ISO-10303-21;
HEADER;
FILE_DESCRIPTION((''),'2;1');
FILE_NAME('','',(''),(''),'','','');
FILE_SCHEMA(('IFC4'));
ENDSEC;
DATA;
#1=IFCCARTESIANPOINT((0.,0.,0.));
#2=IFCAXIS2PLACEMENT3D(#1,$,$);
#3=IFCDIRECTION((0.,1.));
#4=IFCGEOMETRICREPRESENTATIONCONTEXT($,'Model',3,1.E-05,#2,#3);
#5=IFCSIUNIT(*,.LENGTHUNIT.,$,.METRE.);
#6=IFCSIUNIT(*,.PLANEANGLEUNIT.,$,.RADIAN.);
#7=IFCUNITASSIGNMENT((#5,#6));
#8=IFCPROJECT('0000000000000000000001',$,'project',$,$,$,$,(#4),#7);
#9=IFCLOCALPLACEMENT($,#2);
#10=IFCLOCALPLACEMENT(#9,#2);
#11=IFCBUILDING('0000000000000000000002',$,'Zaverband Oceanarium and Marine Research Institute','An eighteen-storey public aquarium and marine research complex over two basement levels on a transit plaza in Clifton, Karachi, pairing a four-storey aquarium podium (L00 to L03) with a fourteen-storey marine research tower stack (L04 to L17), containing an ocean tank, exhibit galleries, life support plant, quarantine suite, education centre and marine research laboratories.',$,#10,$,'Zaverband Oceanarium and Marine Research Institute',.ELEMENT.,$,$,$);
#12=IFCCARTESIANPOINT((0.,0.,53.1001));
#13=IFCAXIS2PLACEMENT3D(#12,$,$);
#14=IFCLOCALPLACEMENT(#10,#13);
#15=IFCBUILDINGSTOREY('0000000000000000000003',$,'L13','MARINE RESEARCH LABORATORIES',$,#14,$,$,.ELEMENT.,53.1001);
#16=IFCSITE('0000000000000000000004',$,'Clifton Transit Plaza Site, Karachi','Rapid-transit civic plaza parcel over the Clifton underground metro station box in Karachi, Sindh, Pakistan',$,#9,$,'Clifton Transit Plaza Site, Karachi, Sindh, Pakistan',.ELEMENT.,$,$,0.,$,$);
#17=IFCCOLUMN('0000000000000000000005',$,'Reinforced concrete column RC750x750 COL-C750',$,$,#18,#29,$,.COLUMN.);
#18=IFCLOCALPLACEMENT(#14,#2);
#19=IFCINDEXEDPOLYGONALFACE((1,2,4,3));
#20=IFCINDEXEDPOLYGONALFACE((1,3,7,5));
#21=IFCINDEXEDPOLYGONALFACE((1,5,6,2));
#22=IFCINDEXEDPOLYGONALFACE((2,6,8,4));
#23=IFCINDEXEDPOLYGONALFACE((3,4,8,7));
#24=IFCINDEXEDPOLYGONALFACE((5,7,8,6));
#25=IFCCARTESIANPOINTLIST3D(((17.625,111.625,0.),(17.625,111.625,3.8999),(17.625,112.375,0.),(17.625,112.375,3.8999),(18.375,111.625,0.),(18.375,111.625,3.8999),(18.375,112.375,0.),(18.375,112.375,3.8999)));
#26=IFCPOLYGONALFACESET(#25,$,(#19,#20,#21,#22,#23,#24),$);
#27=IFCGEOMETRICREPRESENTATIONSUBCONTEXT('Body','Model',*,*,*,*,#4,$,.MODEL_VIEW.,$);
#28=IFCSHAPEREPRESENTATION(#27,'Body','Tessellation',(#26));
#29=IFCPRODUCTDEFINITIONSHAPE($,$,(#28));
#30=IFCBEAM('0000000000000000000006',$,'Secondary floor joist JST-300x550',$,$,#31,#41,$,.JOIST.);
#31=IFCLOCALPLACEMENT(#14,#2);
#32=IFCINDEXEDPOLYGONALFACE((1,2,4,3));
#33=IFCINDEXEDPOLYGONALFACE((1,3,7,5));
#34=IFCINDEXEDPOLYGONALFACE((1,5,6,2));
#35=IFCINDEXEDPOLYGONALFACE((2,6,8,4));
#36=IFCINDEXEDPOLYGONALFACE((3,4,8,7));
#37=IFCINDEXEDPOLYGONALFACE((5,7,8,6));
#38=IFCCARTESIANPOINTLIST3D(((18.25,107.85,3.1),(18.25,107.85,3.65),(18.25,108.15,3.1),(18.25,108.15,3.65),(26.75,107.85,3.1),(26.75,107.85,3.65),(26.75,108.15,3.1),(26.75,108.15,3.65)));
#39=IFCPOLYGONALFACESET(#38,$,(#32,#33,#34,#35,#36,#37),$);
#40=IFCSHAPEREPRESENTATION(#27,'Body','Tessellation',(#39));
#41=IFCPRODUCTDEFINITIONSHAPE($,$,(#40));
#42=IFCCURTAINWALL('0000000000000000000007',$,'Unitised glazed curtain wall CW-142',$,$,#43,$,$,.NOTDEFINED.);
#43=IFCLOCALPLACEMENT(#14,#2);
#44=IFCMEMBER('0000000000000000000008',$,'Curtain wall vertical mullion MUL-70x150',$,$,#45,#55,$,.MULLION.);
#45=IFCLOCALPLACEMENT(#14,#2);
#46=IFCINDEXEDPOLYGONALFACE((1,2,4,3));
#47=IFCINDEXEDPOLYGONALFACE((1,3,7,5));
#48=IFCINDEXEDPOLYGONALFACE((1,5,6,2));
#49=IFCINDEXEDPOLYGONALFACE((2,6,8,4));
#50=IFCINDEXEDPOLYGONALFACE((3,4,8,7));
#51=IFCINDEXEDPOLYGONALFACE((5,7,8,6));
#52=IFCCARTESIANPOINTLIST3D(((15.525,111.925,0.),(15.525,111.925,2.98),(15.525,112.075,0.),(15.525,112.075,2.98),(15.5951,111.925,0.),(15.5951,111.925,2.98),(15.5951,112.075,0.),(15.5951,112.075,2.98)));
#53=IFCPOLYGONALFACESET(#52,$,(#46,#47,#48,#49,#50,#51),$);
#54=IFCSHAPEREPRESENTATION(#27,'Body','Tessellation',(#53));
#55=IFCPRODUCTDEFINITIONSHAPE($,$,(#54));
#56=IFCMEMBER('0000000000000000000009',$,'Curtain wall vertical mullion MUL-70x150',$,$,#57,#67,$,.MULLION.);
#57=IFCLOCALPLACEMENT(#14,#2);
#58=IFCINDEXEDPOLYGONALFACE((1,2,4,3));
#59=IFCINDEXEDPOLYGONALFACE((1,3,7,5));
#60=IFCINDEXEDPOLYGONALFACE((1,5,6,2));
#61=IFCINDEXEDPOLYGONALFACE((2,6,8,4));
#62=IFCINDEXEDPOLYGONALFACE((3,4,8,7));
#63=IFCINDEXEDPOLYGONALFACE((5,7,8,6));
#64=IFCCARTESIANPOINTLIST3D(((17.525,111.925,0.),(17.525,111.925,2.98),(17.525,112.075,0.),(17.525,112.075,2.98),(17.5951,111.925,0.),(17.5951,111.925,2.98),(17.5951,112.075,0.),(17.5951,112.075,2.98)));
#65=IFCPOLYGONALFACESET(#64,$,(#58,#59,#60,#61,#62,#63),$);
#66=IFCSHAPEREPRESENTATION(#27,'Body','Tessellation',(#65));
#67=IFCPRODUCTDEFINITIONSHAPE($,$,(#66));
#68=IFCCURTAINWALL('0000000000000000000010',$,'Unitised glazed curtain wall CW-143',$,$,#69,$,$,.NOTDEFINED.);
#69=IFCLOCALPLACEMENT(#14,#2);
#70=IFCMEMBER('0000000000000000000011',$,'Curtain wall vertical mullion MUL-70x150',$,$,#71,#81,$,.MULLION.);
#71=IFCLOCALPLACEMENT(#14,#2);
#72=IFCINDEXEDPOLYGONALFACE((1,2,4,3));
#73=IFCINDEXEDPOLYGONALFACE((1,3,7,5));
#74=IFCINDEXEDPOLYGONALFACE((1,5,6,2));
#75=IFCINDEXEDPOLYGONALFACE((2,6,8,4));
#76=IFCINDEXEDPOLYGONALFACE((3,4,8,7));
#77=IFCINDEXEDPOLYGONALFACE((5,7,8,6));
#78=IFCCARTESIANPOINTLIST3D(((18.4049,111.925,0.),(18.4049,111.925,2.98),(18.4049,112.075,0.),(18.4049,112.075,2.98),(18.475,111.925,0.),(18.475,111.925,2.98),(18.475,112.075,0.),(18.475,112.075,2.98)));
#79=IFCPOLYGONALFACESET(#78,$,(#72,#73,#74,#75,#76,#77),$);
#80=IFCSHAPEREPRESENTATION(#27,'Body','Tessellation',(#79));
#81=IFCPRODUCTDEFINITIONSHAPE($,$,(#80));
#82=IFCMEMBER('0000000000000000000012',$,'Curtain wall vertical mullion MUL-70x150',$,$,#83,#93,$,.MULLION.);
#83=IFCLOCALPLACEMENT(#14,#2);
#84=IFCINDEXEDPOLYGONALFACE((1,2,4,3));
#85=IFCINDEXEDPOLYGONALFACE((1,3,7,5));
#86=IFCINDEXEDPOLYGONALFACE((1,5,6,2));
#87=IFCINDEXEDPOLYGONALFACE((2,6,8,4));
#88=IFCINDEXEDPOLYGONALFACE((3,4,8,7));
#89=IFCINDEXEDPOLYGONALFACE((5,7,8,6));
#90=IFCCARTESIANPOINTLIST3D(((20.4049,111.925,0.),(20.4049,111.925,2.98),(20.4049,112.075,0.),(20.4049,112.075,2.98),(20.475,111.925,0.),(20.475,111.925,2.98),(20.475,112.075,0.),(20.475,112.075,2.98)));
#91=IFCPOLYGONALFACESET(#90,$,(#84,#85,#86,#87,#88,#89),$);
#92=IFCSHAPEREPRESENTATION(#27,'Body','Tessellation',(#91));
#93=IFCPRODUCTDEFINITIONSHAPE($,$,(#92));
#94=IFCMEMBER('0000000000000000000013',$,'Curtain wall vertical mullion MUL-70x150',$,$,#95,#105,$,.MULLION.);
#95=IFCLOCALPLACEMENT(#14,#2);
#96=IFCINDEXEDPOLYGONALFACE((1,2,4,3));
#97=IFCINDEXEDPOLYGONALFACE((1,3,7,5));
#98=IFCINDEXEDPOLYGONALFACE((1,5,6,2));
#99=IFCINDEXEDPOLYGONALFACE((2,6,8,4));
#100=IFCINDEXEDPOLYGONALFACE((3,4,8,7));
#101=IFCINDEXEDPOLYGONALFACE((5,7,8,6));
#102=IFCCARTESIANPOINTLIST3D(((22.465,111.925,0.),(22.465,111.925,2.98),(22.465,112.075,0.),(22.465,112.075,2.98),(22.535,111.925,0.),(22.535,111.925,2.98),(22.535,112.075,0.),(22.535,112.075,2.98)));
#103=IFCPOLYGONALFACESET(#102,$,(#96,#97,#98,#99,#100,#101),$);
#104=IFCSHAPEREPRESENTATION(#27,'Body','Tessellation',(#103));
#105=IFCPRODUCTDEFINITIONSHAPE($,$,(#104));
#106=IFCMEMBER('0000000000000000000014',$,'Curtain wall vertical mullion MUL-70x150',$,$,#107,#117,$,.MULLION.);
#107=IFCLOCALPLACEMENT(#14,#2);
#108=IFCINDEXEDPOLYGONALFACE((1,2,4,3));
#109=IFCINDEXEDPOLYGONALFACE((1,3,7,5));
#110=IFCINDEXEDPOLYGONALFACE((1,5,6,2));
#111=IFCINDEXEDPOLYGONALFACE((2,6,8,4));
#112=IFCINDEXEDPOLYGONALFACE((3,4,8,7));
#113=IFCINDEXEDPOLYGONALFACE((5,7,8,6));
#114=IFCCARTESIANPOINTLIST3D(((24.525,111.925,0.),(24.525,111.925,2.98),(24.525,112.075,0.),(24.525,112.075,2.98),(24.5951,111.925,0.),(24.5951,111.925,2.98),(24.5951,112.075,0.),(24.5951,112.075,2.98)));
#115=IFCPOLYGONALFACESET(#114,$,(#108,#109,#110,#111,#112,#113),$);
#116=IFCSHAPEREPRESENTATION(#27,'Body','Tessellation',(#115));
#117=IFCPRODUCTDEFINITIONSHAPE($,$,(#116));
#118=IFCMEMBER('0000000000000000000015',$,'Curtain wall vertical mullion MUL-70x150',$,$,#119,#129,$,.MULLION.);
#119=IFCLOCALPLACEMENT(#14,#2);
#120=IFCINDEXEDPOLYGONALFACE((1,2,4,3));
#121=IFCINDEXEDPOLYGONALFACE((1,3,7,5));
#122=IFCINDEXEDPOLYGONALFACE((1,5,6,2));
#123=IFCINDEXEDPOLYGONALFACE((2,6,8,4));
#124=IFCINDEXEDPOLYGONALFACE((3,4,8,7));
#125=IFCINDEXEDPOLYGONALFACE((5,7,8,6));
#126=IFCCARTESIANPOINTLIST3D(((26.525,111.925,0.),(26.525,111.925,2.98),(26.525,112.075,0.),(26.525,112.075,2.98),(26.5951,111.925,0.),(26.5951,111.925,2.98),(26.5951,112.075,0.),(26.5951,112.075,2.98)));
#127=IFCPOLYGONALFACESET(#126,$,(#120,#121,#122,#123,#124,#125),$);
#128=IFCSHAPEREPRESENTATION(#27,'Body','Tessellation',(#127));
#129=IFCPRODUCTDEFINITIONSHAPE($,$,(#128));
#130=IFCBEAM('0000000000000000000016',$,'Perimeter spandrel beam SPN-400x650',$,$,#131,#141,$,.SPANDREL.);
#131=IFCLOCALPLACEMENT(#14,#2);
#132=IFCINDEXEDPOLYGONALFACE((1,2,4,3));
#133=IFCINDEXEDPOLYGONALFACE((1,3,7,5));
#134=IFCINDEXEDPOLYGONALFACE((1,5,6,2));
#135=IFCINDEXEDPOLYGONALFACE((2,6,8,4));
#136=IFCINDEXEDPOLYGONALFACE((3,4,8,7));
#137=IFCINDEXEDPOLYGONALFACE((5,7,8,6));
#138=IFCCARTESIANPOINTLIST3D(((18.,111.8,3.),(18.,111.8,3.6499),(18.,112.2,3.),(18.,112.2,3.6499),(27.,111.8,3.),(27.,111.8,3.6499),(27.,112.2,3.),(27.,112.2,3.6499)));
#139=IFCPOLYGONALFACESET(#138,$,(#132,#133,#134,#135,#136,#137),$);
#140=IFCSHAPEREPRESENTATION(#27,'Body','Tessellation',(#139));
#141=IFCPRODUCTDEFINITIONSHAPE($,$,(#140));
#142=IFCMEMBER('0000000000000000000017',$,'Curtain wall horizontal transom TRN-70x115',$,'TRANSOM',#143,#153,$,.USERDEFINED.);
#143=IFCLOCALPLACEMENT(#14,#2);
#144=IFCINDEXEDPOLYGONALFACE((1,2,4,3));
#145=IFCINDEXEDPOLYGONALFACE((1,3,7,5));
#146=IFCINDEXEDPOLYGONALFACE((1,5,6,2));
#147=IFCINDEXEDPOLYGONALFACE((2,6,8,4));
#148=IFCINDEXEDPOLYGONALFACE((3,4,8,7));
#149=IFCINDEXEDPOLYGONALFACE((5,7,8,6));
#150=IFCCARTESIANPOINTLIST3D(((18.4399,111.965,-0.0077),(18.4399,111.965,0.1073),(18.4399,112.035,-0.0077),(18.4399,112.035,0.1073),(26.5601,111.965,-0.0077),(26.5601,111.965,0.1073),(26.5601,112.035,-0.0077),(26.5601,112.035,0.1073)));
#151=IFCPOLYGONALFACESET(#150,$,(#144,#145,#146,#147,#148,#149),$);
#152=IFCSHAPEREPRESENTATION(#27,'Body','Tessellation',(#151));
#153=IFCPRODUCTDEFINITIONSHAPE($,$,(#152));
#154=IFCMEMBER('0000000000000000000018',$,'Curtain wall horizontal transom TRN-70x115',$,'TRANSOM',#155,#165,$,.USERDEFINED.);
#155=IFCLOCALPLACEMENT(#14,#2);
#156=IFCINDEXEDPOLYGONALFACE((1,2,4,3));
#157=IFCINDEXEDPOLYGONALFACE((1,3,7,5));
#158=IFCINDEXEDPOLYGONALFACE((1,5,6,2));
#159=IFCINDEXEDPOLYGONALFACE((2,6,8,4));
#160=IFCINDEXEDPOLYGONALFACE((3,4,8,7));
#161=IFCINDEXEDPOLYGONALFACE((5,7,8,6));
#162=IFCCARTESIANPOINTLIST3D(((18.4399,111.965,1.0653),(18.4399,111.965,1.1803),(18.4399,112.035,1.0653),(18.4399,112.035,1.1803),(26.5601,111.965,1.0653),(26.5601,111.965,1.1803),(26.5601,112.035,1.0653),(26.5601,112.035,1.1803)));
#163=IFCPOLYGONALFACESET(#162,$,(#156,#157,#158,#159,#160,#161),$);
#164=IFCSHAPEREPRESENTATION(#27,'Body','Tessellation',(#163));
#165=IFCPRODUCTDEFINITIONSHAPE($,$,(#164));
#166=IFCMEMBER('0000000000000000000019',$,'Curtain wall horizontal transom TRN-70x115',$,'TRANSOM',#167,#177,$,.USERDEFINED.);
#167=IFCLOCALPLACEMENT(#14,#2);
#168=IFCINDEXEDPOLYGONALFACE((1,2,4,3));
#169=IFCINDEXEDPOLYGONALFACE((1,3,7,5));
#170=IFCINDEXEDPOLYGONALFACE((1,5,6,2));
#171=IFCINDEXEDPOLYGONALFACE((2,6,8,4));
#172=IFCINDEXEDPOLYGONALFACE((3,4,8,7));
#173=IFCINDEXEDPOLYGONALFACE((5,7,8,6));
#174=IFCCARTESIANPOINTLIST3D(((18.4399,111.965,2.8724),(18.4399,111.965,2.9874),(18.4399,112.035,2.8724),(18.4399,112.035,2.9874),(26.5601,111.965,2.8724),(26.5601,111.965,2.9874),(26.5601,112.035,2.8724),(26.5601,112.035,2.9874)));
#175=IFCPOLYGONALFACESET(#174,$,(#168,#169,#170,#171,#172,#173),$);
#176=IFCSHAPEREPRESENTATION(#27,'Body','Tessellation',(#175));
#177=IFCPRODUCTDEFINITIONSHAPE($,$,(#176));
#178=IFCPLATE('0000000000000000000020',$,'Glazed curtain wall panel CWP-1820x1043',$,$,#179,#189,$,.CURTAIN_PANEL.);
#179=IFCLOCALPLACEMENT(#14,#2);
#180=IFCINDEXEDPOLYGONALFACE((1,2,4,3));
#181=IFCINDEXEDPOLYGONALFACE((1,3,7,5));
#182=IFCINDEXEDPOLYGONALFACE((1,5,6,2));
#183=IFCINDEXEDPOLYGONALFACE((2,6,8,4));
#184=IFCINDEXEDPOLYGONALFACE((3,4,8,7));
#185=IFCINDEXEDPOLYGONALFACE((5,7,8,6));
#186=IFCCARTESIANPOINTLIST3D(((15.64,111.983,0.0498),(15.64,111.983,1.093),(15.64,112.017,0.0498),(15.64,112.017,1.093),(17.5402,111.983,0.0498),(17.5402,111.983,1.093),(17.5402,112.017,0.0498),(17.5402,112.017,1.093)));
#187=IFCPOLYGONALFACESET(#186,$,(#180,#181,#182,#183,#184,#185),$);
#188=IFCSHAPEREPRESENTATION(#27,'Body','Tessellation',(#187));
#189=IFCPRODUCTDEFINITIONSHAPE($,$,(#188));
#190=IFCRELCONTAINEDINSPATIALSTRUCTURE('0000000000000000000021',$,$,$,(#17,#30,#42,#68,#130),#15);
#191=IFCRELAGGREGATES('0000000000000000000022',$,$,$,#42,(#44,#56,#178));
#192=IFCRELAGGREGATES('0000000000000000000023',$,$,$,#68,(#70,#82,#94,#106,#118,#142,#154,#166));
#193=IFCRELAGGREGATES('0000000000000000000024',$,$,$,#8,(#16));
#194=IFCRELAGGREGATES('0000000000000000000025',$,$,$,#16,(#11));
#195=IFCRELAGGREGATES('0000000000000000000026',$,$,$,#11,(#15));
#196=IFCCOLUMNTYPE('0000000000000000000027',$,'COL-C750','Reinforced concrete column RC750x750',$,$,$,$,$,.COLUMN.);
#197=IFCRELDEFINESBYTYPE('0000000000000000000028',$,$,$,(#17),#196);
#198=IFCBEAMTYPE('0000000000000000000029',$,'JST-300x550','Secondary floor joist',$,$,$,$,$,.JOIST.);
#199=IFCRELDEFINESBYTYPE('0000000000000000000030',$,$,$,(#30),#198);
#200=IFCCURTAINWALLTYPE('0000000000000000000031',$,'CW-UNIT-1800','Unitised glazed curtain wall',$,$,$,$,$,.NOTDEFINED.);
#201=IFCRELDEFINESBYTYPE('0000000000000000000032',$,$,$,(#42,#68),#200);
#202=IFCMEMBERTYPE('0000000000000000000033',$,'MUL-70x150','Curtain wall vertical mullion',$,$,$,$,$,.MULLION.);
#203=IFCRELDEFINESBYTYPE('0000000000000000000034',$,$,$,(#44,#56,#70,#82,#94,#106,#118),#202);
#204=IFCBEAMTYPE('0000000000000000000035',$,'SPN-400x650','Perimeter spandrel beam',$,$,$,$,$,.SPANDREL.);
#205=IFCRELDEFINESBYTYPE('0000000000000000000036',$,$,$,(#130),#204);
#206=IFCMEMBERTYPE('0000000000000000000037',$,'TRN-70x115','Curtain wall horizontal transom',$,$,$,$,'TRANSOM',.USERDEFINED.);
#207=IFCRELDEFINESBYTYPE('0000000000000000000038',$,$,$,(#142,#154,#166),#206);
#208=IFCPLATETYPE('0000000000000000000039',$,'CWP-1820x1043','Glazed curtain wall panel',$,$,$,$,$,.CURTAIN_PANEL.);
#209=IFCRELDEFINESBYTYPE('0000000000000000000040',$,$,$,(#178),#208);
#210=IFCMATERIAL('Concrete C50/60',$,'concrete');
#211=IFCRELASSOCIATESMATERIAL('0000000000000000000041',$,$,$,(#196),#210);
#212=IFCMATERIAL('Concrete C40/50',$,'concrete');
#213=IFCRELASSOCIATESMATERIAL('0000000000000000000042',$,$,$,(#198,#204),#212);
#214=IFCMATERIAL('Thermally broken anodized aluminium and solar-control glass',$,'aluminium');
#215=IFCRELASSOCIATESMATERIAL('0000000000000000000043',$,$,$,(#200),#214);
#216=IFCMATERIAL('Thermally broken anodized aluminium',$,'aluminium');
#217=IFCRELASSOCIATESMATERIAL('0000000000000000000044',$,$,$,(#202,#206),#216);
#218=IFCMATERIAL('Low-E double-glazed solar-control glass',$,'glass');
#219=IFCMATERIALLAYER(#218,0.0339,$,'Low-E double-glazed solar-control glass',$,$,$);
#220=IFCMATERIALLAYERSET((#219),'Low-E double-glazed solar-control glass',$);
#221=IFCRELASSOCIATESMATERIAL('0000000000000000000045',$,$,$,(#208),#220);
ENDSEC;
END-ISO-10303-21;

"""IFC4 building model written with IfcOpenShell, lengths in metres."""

from ifc_helpers import new_model, si_unit, direction, frame, frame_2d, origin, origin_2d, place, context, subcontext, project, spatial, rectangle, extrude, material, layer, layer_set, material_profile, profile_set, type_object, element, aggregate, save


model = new_model("IFC4")

# Units and contexts
model_context = context("Model", 3, precision=1e-05, world=origin(), true_north=direction((0.0, 1.0)))
body_context = subcontext(model_context, "Body", "Model", "MODEL_VIEW")
ifc_project = project(units=[si_unit("LENGTHUNIT", "METRE"), si_unit("PLANEANGLEUNIT", "RADIAN")], contexts=[model_context])

# Site, building, storey
site_placement = place(None, origin())
site = spatial("IfcSite", under=ifc_project, at=site_placement, Name="Clifton Transit Plaza Site, Karachi", Description="Rapid-transit civic plaza parcel over the Clifton underground metro station box in Karachi, Sindh, Pakistan", LongName="Clifton Transit Plaza Site, Karachi, Sindh, Pakistan", CompositionType="ELEMENT", RefElevation=0.0)
building_placement = place(site_placement, origin())
building = spatial("IfcBuilding", under=site, at=building_placement, Name="Zaverband Oceanarium and Marine Research Institute", Description="An eighteen-storey public aquarium and marine research complex over two basement levels on a transit plaza in Clifton, Karachi, pairing a four-storey aquarium podium (L00 to L03) with a fourteen-storey marine research tower stack (L04 to L17), containing an ocean tank, exhibit galleries, life support plant, quarantine suite, education centre and marine research laboratories.", LongName="Zaverband Oceanarium and Marine Research Institute", CompositionType="ELEMENT")
storey_placement = place(building_placement, frame((0.0, 0.0, 53.1001)))
storey = spatial("IfcBuildingStorey", under=building, at=storey_placement, Name="L13", Description="MARINE RESEARCH LABORATORIES", CompositionType="ELEMENT", Elevation=53.1001)

# Column
ifc_material_1 = material(Name="Concrete C50/60", Category="concrete")
ifc_material_profile_1 = material_profile(ifc_material_1, rectangle(XDim=0.75, YDim=0.75, at=origin_2d()), Name="RC750x750")
ifc_profile_set_1 = profile_set([ifc_material_profile_1], Name="Concrete C50/60")
column_type = type_object("IfcColumnType", Name="COL-C750", Description="Reinforced concrete column RC750x750", PredefinedType="COLUMN", material=ifc_profile_set_1)
column_placement = place(storey_placement, frame((18.0, 112.0, 0.0), z_axis=(0.0, 0.0, 1.0), x_axis=(1.0, 0.0, 0.0)))
element("IfcColumn", 1, at=column_placement, inside=storey, type_object=column_type, Name="Reinforced concrete column RC750x750 COL-C750", PredefinedType="COLUMN", context=body_context, shape_type="SweptSolid", body=[
    extrude(rectangle(XDim=0.75, YDim=0.75, at=origin_2d()), origin(), (0.0, 0.0, 1.0), 3.8999),
])

# Beam
ifc_material_2 = material(Name="Concrete C40/50", Category="concrete")
ifc_material_profile_2 = material_profile(ifc_material_2, rectangle(XDim=0.3, YDim=0.55, at=origin_2d()), Name="RC300x550")
ifc_profile_set_2 = profile_set([ifc_material_profile_2], Name="Concrete C40/50")
beam_type_1 = type_object("IfcBeamType", Name="JST-300x550", Description="Secondary floor joist", PredefinedType="JOIST", material=ifc_profile_set_2)
beam_1_placement = place(storey_placement, frame((18.25, 108.0, 3.375), z_axis=(1.0, 0.0, 0.0), x_axis=(0.0, 1.0, 0.0)))
element("IfcBeam", 2, at=beam_1_placement, inside=storey, type_object=beam_type_1, Name="Secondary floor joist JST-300x550", PredefinedType="JOIST", context=body_context, shape_type="SweptSolid", body=[
    extrude(rectangle(XDim=0.3, YDim=0.55, at=origin_2d()), origin(), (0.0, 0.0, 1.0), 8.5),
])

# Curtain walls, members
ifc_material_3 = material(Name="Thermally broken anodized aluminium and solar-control glass", Category="aluminium")
curtain_wall_type = type_object("IfcCurtainWallType", Name="CW-UNIT-1800", Description="Unitised glazed curtain wall", PredefinedType="NOTDEFINED", material=ifc_material_3)
curtain_wall_1_placement = place(storey_placement, origin())
curtain_wall_1 = element("IfcCurtainWall", 3, at=curtain_wall_1_placement, inside=storey, type_object=curtain_wall_type, Name="Unitised glazed curtain wall CW-142", PredefinedType="NOTDEFINED")
ifc_material_4 = material(Name="Thermally broken anodized aluminium", Category="aluminium")
ifc_material_profile_3 = material_profile(ifc_material_4, rectangle(XDim=0.0701, YDim=0.1499, at=origin_2d()), Name="AL-MUL-70x150")
ifc_profile_set_3 = profile_set([ifc_material_profile_3], Name="Thermally broken anodized aluminium")
member_type_1 = type_object("IfcMemberType", Name="MUL-70x150", Description="Curtain wall vertical mullion", PredefinedType="MULLION", material=ifc_profile_set_3)
member_1_placement = place(storey_placement, frame((15.5601, 112.0, 0.0), z_axis=(0.0, 0.0, 1.0), x_axis=(1.0, 0.0, 0.0)))
member_1 = element("IfcMember", 4, at=member_1_placement, type_object=member_type_1, Name="Curtain wall vertical mullion MUL-70x150", PredefinedType="MULLION", context=body_context, shape_type="SweptSolid", body=[
    extrude(rectangle(XDim=0.0701, YDim=0.1499, at=origin_2d()), origin(), (0.0, 0.0, 1.0), 2.98),
])
member_2_placement = place(storey_placement, frame((17.5601, 112.0, 0.0), z_axis=(0.0, 0.0, 1.0), x_axis=(1.0, 0.0, 0.0)))
member_2 = element("IfcMember", 5, at=member_2_placement, type_object=member_type_1, Name="Curtain wall vertical mullion MUL-70x150", PredefinedType="MULLION", context=body_context, shape_type="SweptSolid", body=[
    extrude(rectangle(XDim=0.0701, YDim=0.1499, at=origin_2d()), origin(), (0.0, 0.0, 1.0), 2.98),
])
curtain_wall_2_placement = place(storey_placement, origin())
curtain_wall_2 = element("IfcCurtainWall", 6, at=curtain_wall_2_placement, inside=storey, type_object=curtain_wall_type, Name="Unitised glazed curtain wall CW-143", PredefinedType="NOTDEFINED")
member_3_placement = place(storey_placement, frame((18.4399, 112.0, 0.0), z_axis=(0.0, 0.0, 1.0), x_axis=(1.0, 0.0, 0.0)))
member_3 = element("IfcMember", 7, at=member_3_placement, type_object=member_type_1, Name="Curtain wall vertical mullion MUL-70x150", PredefinedType="MULLION", context=body_context, shape_type="SweptSolid", body=[
    extrude(rectangle(XDim=0.0701, YDim=0.1499, at=origin_2d()), origin(), (0.0, 0.0, 1.0), 2.98),
])
member_4_placement = place(storey_placement, frame((20.4399, 112.0, 0.0), z_axis=(0.0, 0.0, 1.0), x_axis=(1.0, 0.0, 0.0)))
member_4 = element("IfcMember", 8, at=member_4_placement, type_object=member_type_1, Name="Curtain wall vertical mullion MUL-70x150", PredefinedType="MULLION", context=body_context, shape_type="SweptSolid", body=[
    extrude(rectangle(XDim=0.0701, YDim=0.1499, at=origin_2d()), origin(), (0.0, 0.0, 1.0), 2.98),
])
member_5_placement = place(storey_placement, frame((22.5, 112.0, 0.0), z_axis=(0.0, 0.0, 1.0), x_axis=(1.0, 0.0, 0.0)))
member_5 = element("IfcMember", 9, at=member_5_placement, type_object=member_type_1, Name="Curtain wall vertical mullion MUL-70x150", PredefinedType="MULLION", context=body_context, shape_type="SweptSolid", body=[
    extrude(rectangle(XDim=0.0701, YDim=0.1499, at=origin_2d()), origin(), (0.0, 0.0, 1.0), 2.98),
])
member_6_placement = place(storey_placement, frame((24.5601, 112.0, 0.0), z_axis=(0.0, 0.0, 1.0), x_axis=(1.0, 0.0, 0.0)))
member_6 = element("IfcMember", 10, at=member_6_placement, type_object=member_type_1, Name="Curtain wall vertical mullion MUL-70x150", PredefinedType="MULLION", context=body_context, shape_type="SweptSolid", body=[
    extrude(rectangle(XDim=0.0701, YDim=0.1499, at=origin_2d()), origin(), (0.0, 0.0, 1.0), 2.98),
])
member_7_placement = place(storey_placement, frame((26.5601, 112.0, 0.0), z_axis=(0.0, 0.0, 1.0), x_axis=(1.0, 0.0, 0.0)))
member_7 = element("IfcMember", 11, at=member_7_placement, type_object=member_type_1, Name="Curtain wall vertical mullion MUL-70x150", PredefinedType="MULLION", context=body_context, shape_type="SweptSolid", body=[
    extrude(rectangle(XDim=0.0701, YDim=0.1499, at=origin_2d()), origin(), (0.0, 0.0, 1.0), 2.98),
])

# Beam
ifc_material_profile_4 = material_profile(ifc_material_2, rectangle(XDim=0.3999, YDim=0.6499, at=origin_2d()), Name="RC400x650")
ifc_profile_set_4 = profile_set([ifc_material_profile_4], Name="Concrete C40/50")
beam_type_2 = type_object("IfcBeamType", Name="SPN-400x650", Description="Perimeter spandrel beam", PredefinedType="SPANDREL", material=ifc_profile_set_4)
beam_2_placement = place(storey_placement, frame((18.0, 112.0, 3.325), z_axis=(1.0, 0.0, 0.0), x_axis=(0.0, 1.0, 0.0)))
element("IfcBeam", 12, at=beam_2_placement, inside=storey, type_object=beam_type_2, Name="Perimeter spandrel beam SPN-400x650", PredefinedType="SPANDREL", context=body_context, shape_type="SweptSolid", body=[
    extrude(rectangle(XDim=0.3999, YDim=0.6499, at=origin_2d()), origin(), (0.0, 0.0, 1.0), 9.0),
])

# Members
ifc_material_profile_5 = material_profile(ifc_material_4, rectangle(XDim=0.0701, YDim=0.115, at=origin_2d()), Name="AL-TRN-70x115")
ifc_profile_set_5 = profile_set([ifc_material_profile_5], Name="Thermally broken anodized aluminium")
member_type_2 = type_object("IfcMemberType", Name="TRN-70x115", Description="Curtain wall horizontal transom", ElementType="TRANSOM", PredefinedType="USERDEFINED", material=ifc_profile_set_5)
member_8_placement = place(storey_placement, frame((18.4399, 112.0, 0.0498), z_axis=(1.0, 0.0, 0.0), x_axis=(0.0, 1.0, 0.0)))
member_8 = element("IfcMember", 13, at=member_8_placement, type_object=member_type_2, Name="Curtain wall horizontal transom TRN-70x115", ObjectType="TRANSOM", PredefinedType="USERDEFINED", context=body_context, shape_type="SweptSolid", body=[
    extrude(rectangle(XDim=0.0701, YDim=0.115, at=origin_2d()), origin(), (0.0, 0.0, 1.0), 8.1201),
])
member_9_placement = place(storey_placement, frame((18.4399, 112.0, 1.1228), z_axis=(1.0, 0.0, 0.0), x_axis=(0.0, 1.0, 0.0)))
member_9 = element("IfcMember", 14, at=member_9_placement, type_object=member_type_2, Name="Curtain wall horizontal transom TRN-70x115", ObjectType="TRANSOM", PredefinedType="USERDEFINED", context=body_context, shape_type="SweptSolid", body=[
    extrude(rectangle(XDim=0.0701, YDim=0.115, at=origin_2d()), origin(), (0.0, 0.0, 1.0), 8.1201),
])
member_10_placement = place(storey_placement, frame((18.4399, 112.0, 2.9299), z_axis=(1.0, 0.0, 0.0), x_axis=(0.0, 1.0, 0.0)))
member_10 = element("IfcMember", 15, at=member_10_placement, type_object=member_type_2, Name="Curtain wall horizontal transom TRN-70x115", ObjectType="TRANSOM", PredefinedType="USERDEFINED", context=body_context, shape_type="SweptSolid", body=[
    extrude(rectangle(XDim=0.0701, YDim=0.115, at=origin_2d()), origin(), (0.0, 0.0, 1.0), 8.1201),
])

# Plate
ifc_material_5 = material(Name="Low-E double-glazed solar-control glass", Category="glass")
ifc_layer_1 = layer(ifc_material_5, 0.0339, Name="Low-E double-glazed solar-control glass")
ifc_layer_set_1 = layer_set([ifc_layer_1], Name="Low-E double-glazed solar-control glass")
plate_type_1 = type_object("IfcPlateType", Name="CWP-1820x1043", Description="Glazed curtain wall panel", PredefinedType="CURTAIN_PANEL", material=ifc_layer_set_1)
plate_1_placement = place(storey_placement, frame((15.6399, 112.0, 0.0498), z_axis=(0.0, 0.0, 1.0), x_axis=(1.0, 0.0, 0.0)))
plate_1 = element("IfcPlate", 16, at=plate_1_placement, type_object=plate_type_1, Name="Glazed curtain wall panel CWP-1820x1043", PredefinedType="CURTAIN_PANEL", context=body_context, shape_type="SweptSolid", body=[
    extrude(rectangle(XDim=1.9001, YDim=0.0339, at=frame_2d((0.9502, 0.0))), origin(), (0.0, 0.0, 1.0), 1.0432),
])
aggregate(curtain_wall_1, [member_1, member_2, plate_1])
aggregate(curtain_wall_2, [member_3, member_4, member_5, member_6, member_7, member_8, member_9, member_10])

save(model, "model.ifc")
